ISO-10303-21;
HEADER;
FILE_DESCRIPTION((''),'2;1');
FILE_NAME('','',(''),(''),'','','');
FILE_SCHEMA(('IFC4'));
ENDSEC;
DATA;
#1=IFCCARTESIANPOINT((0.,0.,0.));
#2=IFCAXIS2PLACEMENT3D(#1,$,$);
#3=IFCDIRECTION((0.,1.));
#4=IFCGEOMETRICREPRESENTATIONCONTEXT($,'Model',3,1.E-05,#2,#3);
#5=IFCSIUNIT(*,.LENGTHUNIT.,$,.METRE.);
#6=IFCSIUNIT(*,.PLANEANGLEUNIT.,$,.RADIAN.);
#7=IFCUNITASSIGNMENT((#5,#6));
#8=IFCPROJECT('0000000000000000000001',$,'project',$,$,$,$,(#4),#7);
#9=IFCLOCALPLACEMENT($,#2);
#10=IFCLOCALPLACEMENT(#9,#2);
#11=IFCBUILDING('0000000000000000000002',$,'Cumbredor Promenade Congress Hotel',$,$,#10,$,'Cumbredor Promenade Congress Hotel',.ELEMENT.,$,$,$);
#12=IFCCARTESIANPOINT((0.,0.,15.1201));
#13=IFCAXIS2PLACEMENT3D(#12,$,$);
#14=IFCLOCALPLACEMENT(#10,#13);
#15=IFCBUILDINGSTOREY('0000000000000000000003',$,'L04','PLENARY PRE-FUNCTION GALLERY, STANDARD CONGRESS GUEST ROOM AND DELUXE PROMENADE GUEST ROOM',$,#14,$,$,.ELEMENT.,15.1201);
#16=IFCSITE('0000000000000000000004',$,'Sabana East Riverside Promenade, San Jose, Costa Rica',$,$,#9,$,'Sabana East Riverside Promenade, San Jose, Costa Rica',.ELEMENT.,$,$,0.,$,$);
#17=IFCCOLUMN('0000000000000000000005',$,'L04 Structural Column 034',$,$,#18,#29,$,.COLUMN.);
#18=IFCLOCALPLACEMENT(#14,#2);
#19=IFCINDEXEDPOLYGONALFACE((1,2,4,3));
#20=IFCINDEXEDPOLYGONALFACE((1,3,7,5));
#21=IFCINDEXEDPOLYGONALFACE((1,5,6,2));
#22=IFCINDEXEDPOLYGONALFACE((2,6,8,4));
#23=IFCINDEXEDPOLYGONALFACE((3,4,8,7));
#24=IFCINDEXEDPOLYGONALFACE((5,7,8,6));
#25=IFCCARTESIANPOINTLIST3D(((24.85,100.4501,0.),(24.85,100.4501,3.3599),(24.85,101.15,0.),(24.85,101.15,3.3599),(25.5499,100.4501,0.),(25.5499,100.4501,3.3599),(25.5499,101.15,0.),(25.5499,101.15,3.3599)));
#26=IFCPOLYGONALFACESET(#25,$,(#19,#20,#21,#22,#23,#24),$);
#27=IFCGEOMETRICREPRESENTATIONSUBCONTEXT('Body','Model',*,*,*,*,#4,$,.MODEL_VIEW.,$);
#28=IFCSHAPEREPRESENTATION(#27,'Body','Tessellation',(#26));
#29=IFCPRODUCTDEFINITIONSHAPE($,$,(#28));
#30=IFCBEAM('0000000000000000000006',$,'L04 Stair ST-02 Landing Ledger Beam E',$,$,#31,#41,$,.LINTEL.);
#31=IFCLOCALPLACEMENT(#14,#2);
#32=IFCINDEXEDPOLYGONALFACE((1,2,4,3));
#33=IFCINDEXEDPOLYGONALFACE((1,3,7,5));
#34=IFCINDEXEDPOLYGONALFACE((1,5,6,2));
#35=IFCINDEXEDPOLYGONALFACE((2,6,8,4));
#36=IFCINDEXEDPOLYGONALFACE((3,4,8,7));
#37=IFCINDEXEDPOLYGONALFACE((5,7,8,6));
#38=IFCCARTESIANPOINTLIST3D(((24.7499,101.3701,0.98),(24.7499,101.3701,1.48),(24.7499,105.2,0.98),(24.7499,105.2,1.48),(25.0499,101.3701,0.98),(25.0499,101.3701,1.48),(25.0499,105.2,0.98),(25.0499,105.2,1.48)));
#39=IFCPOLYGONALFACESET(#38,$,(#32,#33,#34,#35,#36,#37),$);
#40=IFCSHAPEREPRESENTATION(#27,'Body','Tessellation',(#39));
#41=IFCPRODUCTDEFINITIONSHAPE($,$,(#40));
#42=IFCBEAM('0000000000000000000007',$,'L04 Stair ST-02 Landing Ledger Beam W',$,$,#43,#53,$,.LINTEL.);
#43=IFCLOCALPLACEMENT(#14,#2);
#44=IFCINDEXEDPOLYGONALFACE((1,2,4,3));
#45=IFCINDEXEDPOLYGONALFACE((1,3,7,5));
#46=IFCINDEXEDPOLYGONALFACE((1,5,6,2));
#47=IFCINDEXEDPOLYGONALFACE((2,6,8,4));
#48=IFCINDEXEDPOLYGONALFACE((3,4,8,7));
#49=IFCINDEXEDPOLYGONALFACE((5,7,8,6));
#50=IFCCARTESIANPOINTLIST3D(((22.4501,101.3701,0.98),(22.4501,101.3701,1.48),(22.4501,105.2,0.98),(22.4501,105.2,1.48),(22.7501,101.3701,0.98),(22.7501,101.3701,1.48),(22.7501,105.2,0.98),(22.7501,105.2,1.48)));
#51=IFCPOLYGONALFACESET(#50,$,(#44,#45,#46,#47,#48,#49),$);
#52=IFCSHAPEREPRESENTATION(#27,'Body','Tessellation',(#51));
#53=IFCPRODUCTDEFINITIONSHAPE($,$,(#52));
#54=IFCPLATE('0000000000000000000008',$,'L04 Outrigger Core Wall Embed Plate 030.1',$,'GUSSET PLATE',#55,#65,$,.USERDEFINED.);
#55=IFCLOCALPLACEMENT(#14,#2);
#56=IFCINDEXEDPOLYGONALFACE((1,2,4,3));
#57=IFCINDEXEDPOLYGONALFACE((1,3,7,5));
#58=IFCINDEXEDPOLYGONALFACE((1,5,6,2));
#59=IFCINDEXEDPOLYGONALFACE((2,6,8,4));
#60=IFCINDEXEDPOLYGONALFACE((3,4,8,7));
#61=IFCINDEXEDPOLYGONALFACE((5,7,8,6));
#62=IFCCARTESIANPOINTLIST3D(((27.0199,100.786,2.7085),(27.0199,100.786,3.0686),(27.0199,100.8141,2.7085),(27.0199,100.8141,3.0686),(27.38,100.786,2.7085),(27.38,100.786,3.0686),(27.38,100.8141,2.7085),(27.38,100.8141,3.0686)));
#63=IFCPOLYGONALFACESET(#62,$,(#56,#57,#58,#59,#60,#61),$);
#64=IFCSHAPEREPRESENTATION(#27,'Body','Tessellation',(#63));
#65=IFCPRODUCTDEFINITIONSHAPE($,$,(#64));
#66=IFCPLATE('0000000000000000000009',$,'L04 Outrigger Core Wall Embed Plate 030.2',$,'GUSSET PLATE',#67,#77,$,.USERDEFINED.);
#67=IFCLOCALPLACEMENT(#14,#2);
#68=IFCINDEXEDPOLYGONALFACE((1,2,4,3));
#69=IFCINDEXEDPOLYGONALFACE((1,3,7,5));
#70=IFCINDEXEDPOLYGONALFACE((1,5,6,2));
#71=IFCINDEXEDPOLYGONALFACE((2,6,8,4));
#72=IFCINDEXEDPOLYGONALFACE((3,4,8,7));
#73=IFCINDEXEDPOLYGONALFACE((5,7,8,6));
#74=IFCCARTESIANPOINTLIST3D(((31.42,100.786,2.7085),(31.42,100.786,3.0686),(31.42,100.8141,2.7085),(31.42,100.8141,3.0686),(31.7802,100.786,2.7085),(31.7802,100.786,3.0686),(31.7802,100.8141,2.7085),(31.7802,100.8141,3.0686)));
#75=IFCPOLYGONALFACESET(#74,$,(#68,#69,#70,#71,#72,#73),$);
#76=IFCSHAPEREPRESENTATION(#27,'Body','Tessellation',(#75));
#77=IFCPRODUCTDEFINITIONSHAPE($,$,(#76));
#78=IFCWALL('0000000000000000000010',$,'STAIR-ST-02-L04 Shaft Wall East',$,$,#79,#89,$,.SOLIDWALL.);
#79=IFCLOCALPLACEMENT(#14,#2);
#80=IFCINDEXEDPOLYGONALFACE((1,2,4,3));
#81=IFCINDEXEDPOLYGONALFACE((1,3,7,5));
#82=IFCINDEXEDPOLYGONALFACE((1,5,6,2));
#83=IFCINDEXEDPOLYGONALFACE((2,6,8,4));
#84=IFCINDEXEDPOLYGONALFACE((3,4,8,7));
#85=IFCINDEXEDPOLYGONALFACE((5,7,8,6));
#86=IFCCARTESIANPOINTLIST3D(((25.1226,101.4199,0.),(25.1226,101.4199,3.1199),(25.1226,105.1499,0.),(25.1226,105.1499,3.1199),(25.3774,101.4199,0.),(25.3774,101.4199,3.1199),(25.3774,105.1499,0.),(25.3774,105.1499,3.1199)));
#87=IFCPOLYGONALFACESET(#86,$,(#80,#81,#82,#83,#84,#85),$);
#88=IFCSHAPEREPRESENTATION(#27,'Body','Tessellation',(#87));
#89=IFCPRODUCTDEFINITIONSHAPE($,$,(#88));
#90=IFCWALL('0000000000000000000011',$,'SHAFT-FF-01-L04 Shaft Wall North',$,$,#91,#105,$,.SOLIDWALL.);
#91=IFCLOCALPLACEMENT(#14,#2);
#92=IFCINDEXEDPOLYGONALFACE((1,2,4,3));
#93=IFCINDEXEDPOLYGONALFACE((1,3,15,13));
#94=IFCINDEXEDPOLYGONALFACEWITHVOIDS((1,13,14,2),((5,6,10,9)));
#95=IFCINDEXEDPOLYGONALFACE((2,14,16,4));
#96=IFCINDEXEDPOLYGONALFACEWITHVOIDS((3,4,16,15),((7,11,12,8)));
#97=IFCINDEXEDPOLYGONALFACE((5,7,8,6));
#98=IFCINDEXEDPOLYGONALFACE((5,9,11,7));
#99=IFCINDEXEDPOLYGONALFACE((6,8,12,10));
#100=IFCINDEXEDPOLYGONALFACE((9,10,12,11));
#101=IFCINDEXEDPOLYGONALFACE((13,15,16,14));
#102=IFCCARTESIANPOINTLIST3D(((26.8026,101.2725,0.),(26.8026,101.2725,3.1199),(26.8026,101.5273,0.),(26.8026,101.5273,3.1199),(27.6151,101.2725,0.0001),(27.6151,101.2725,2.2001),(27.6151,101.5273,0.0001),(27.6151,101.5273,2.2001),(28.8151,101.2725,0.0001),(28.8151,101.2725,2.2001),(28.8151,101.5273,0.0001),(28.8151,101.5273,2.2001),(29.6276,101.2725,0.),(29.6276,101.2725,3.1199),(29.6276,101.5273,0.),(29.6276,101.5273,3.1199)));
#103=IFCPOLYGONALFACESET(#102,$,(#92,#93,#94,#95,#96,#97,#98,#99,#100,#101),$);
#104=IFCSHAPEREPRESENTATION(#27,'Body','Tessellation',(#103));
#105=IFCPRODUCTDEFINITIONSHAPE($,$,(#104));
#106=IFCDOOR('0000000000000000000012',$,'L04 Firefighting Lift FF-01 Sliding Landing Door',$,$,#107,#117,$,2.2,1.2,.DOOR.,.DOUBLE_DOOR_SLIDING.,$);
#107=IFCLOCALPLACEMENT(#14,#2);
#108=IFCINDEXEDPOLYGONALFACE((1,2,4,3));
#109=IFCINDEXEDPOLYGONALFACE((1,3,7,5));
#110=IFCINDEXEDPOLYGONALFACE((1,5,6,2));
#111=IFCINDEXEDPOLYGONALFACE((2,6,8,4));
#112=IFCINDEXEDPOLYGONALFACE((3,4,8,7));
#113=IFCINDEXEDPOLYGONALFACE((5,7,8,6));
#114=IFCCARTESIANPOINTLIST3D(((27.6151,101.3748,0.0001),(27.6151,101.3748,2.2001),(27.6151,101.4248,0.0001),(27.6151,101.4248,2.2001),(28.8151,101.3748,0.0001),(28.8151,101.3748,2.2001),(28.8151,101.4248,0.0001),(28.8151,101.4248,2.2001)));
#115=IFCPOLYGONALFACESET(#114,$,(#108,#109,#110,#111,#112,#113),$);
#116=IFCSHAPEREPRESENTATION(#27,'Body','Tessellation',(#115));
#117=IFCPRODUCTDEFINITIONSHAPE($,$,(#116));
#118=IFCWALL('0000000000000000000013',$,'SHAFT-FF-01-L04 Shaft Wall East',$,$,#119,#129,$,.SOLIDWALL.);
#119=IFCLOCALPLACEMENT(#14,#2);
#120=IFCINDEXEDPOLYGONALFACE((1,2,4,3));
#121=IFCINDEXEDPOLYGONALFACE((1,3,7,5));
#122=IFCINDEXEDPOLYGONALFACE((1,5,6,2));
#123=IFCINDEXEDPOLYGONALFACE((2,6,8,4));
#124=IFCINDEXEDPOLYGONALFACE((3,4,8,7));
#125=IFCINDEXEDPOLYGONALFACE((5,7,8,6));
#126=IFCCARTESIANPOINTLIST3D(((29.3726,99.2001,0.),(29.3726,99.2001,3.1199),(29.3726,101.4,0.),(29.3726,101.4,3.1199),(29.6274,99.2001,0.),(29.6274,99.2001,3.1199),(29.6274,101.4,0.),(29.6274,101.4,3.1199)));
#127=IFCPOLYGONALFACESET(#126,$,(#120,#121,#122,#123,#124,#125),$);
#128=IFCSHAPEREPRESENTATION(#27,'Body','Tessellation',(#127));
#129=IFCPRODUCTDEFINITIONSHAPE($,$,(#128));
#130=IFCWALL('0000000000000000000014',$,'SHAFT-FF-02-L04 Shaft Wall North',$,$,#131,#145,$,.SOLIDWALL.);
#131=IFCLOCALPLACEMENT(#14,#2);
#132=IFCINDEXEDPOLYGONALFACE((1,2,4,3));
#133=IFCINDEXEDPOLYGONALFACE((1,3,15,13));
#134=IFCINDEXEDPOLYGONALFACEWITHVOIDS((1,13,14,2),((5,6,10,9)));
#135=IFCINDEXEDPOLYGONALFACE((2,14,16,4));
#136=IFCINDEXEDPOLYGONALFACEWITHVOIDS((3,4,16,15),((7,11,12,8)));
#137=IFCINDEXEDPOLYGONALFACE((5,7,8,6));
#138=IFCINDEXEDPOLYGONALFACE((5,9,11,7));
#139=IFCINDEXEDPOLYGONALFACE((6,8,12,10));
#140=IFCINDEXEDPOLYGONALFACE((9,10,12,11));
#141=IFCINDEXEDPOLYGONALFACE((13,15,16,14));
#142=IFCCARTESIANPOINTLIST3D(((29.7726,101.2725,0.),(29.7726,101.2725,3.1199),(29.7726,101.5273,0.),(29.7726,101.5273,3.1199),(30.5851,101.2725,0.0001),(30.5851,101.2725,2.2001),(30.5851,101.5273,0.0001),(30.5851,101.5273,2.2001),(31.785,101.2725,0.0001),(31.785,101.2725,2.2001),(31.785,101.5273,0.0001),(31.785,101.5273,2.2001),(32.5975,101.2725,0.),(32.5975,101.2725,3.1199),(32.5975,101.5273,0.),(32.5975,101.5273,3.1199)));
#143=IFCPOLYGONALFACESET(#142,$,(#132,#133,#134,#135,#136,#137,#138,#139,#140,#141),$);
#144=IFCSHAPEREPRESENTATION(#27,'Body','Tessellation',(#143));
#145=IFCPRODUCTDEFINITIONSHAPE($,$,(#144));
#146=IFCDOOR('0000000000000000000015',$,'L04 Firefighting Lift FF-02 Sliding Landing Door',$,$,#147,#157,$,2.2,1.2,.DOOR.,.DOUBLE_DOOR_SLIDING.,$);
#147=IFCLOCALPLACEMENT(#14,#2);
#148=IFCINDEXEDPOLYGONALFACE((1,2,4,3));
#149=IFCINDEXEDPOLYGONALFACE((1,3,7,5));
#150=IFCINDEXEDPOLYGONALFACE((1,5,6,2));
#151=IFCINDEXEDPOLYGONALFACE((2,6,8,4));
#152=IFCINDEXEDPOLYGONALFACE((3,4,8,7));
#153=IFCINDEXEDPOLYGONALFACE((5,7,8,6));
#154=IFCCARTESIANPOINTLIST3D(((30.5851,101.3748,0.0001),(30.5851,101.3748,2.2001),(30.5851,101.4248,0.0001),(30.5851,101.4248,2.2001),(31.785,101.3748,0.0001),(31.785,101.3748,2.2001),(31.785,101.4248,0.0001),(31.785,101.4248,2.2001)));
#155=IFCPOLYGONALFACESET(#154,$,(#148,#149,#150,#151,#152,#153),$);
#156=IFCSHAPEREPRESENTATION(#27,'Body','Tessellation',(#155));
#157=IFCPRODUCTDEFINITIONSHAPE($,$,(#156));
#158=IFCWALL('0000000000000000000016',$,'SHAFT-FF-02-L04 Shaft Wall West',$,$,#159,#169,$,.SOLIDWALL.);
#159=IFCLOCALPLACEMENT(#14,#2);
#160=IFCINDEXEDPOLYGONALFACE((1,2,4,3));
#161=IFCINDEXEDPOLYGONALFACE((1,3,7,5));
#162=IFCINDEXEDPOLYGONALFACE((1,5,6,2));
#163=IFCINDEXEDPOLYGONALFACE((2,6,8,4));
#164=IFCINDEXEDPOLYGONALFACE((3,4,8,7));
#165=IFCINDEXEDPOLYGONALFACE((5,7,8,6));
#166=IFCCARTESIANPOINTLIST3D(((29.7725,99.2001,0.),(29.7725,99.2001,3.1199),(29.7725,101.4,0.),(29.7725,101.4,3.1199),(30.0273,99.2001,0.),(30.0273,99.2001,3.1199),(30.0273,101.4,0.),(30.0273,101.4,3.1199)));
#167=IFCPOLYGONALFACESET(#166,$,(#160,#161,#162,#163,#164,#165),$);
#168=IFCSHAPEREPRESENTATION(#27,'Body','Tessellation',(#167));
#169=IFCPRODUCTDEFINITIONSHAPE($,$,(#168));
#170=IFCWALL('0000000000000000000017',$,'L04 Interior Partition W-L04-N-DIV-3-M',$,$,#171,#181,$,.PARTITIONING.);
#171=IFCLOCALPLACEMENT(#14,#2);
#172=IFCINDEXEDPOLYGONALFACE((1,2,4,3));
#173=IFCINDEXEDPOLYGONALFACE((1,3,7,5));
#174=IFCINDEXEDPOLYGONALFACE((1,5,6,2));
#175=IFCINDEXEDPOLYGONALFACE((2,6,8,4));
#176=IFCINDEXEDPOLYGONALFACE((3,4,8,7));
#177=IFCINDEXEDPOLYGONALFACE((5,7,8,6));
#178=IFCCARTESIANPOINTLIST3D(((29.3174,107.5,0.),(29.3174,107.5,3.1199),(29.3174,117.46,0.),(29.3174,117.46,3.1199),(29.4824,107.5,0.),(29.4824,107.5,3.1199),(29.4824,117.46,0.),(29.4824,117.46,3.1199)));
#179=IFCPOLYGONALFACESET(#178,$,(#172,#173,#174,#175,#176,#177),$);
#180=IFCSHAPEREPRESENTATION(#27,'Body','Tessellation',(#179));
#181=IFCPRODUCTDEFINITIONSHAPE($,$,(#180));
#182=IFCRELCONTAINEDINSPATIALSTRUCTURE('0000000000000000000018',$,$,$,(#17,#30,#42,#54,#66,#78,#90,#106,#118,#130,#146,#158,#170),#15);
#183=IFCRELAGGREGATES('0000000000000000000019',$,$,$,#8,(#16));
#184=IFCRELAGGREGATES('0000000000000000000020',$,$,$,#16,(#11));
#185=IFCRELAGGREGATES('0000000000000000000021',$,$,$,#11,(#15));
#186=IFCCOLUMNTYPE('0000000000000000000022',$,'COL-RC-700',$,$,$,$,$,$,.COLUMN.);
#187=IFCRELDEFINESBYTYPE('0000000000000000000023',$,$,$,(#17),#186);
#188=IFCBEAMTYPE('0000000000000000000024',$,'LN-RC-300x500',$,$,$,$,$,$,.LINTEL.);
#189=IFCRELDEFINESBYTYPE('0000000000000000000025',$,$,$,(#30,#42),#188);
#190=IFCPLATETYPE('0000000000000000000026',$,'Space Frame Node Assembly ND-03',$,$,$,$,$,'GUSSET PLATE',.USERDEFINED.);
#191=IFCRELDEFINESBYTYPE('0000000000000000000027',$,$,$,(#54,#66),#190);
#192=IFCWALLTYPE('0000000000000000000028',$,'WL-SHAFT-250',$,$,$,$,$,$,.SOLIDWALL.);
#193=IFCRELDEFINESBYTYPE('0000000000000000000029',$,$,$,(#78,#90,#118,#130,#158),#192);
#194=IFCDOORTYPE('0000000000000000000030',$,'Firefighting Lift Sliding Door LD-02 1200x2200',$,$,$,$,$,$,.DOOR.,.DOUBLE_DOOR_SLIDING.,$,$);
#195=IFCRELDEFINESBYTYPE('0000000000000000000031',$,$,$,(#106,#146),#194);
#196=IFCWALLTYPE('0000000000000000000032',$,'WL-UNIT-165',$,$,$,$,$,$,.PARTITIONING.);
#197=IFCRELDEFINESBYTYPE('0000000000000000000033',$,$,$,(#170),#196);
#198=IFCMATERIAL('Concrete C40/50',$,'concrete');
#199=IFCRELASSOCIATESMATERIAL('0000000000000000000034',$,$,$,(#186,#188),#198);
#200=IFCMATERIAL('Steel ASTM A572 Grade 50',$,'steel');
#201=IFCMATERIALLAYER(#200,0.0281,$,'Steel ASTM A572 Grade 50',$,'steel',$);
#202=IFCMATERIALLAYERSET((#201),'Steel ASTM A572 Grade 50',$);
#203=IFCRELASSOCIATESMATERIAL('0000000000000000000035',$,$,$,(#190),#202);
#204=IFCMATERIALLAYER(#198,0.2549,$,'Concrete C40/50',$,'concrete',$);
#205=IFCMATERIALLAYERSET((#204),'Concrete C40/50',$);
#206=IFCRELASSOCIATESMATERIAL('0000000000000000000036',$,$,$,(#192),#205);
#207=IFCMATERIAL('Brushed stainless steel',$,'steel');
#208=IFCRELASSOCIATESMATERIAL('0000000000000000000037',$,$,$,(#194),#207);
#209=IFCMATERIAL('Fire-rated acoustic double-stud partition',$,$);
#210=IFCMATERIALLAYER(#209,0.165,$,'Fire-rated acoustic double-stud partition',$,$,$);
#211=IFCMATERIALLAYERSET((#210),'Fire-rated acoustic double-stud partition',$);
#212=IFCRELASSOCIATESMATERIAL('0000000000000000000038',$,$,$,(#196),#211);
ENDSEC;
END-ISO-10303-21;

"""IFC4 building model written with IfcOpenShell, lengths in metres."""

from ifc_helpers import new_model, si_unit, direction, frame, frame_2d, origin, origin_2d, place, context, subcontext, project, spatial, rectangle, extrude, material, layer, layer_set, material_profile, profile_set, type_object, element, fill, save


model = new_model("IFC4")

# Units and contexts
model_context = context("Model", 3, precision=1e-05, world=origin(), true_north=direction((0.0, 1.0)))
body_context = subcontext(model_context, "Body", "Model", "MODEL_VIEW")
ifc_project = project(units=[si_unit("LENGTHUNIT", "METRE"), si_unit("PLANEANGLEUNIT", "RADIAN")], contexts=[model_context])

# Site, building, storey
site_placement = place(None, origin())
site = spatial("IfcSite", under=ifc_project, at=site_placement, Name="Sabana East Riverside Promenade, San Jose, Costa Rica", LongName="Sabana East Riverside Promenade, San Jose, Costa Rica", CompositionType="ELEMENT", RefElevation=0.0)
building_placement = place(site_placement, origin())
building = spatial("IfcBuilding", under=site, at=building_placement, Name="Cumbredor Promenade Congress Hotel", LongName="Cumbredor Promenade Congress Hotel", CompositionType="ELEMENT")
storey_placement = place(building_placement, frame((0.0, 0.0, 15.1201)))
storey = spatial("IfcBuildingStorey", under=building, at=storey_placement, Name="L04", Description="PLENARY PRE-FUNCTION GALLERY, STANDARD CONGRESS GUEST ROOM AND DELUXE PROMENADE GUEST ROOM", CompositionType="ELEMENT", Elevation=15.1201)

# Column
ifc_material_1 = material(Name="Concrete C40/50", Category="concrete")
ifc_material_profile_1 = material_profile(ifc_material_1, rectangle(XDim=0.7, YDim=0.7, at=origin_2d()), Name="RC 700x700")
ifc_profile_set_1 = profile_set([ifc_material_profile_1], Name="Concrete C40/50")
column_type = type_object("IfcColumnType", Name="COL-RC-700", PredefinedType="COLUMN", material=ifc_profile_set_1)
column_placement = place(storey_placement, frame((25.2, 100.8, 0.0), z_axis=(0.0, 0.0, 1.0), x_axis=(1.0, 0.0, 0.0)))
element("IfcColumn", 1, at=column_placement, inside=storey, type_object=column_type, Name="L04 Structural Column 034", PredefinedType="COLUMN", context=body_context, shape_type="SweptSolid", body=[
    extrude(rectangle(XDim=0.7, YDim=0.7, at=origin_2d()), origin(), (0.0, 0.0, 1.0), 3.3599),
])

# Beams
ifc_material_profile_2 = material_profile(ifc_material_1, rectangle(XDim=0.3, YDim=0.5, at=origin_2d()), Name="RC LINTEL 300x500")
ifc_profile_set_2 = profile_set([ifc_material_profile_2], Name="Concrete C40/50")
beam_type = type_object("IfcBeamType", Name="LN-RC-300x500", PredefinedType="LINTEL", material=ifc_profile_set_2)
for number, where, z_axis, x_axis, name in (
    (2, (24.8999, 101.3701, 1.23), (0.0, 1.0, 0.0), (-1.0, 0.0, 0.0), "L04 Stair ST-02 Landing Ledger Beam E"),
    (3, (22.6001, 101.3701, 1.23), (0.0, 1.0, 0.0), (-1.0, 0.0, 0.0), "L04 Stair ST-02 Landing Ledger Beam W"),
):
    element("IfcBeam", number, at=place(storey_placement, frame(where, z_axis=z_axis, x_axis=x_axis)), inside=storey, type_object=beam_type, Name=name, PredefinedType="LINTEL", context=body_context, shape_type="SweptSolid", body=[
        extrude(rectangle(XDim=0.3, YDim=0.5, at=origin_2d()), origin(), (0.0, 0.0, 1.0), 3.8298),
    ])

# Plates
ifc_material_2 = material(Name="Steel ASTM A572 Grade 50", Category="steel")
ifc_layer_1 = layer(ifc_material_2, 0.0281, Name="Steel ASTM A572 Grade 50", Category="steel")
ifc_layer_set_1 = layer_set([ifc_layer_1], Name="Steel ASTM A572 Grade 50")
plate_type = type_object("IfcPlateType", Name="Space Frame Node Assembly ND-03", ElementType="GUSSET PLATE", PredefinedType="USERDEFINED", material=ifc_layer_set_1)
for number, where, z_axis, x_axis, name in (
    (4, (27.2, 100.8, 2.7085), (0.0, 0.0, 1.0), (1.0, 0.0, 0.0), "L04 Outrigger Core Wall Embed Plate 030.1"),
    (5, (31.6001, 100.8, 2.7085), (0.0, 0.0, 1.0), (1.0, 0.0, 0.0), "L04 Outrigger Core Wall Embed Plate 030.2"),
):
    element("IfcPlate", number, at=place(storey_placement, frame(where, z_axis=z_axis, x_axis=x_axis)), inside=storey, type_object=plate_type, Name=name, ObjectType="GUSSET PLATE", PredefinedType="USERDEFINED", context=body_context, shape_type="SweptSolid", body=[
        extrude(rectangle(XDim=0.3601, YDim=0.0281, at=origin_2d()), origin(), (0.0, 0.0, 1.0), 0.3601),
    ])

# Wall
ifc_layer_2 = layer(ifc_material_1, 0.2549, Name="Concrete C40/50", Category="concrete")
ifc_layer_set_2 = layer_set([ifc_layer_2], Name="Concrete C40/50")
wall_type_1 = type_object("IfcWallType", Name="WL-SHAFT-250", PredefinedType="SOLIDWALL", material=ifc_layer_set_2)
wall_1_placement = place(storey_placement, frame((25.25, 101.4199, 0.0), z_axis=(0.0, 0.0, 1.0), x_axis=(0.0, 1.0, 0.0)))
element("IfcWall", 6, at=wall_1_placement, inside=storey, type_object=wall_type_1, Name="STAIR-ST-02-L04 Shaft Wall East", PredefinedType="SOLIDWALL", context=body_context, shape_type="SweptSolid", body=[
    extrude(rectangle(XDim=3.73, YDim=0.2549, at=frame_2d((1.865, 0.0))), origin(), (0.0, 0.0, 1.0), 3.1199),
])

# Wall, opening, door
wall_2_placement = place(storey_placement, frame((26.8025, 101.3999, 0.0), z_axis=(0.0, 0.0, 1.0), x_axis=(1.0, 0.0, 0.0)))
wall_2 = element("IfcWall", 7, at=wall_2_placement, inside=storey, type_object=wall_type_1, Name="SHAFT-FF-01-L04 Shaft Wall North", PredefinedType="SOLIDWALL", context=body_context, shape_type="SweptSolid", body=[
    extrude(rectangle(XDim=2.825, YDim=0.2549, at=frame_2d((1.4126, 0.0))), origin(), (0.0, 0.0, 1.0), 3.1199),
])
opening_1_placement = place(wall_2_placement, frame((0.8125, 0.0, 0.0)))
opening_1 = element("IfcOpeningElement", 8, at=opening_1_placement, cuts=wall_2, PredefinedType="OPENING", context=body_context, shape_type="SweptSolid", body=[
    extrude(rectangle(XDim=1.2, YDim=2.2, at=frame_2d((0.6001, 1.1001))), frame((0.0, 0.1375, 0.0), z_axis=(0.0, -1.0, 0.0), x_axis=(1.0, 0.0, 0.0)), (0.0, 0.0, 1.0), 0.2749),
])
ifc_material_3 = material(Name="Brushed stainless steel", Category="steel")
door_type_1 = type_object("IfcDoorType", Name="Firefighting Lift Sliding Door LD-02 1200x2200", OperationType="DOUBLE_DOOR_SLIDING", PredefinedType="DOOR", material=ifc_material_3)
door_1_placement = place(opening_1_placement, origin())
door_1 = element("IfcDoor", 9, at=door_1_placement, inside=storey, type_object=door_type_1, Name="L04 Firefighting Lift FF-01 Sliding Landing Door", OperationType="DOUBLE_DOOR_SLIDING", OverallHeight=2.2, OverallWidth=1.2, PredefinedType="DOOR", context=body_context, shape_type="SweptSolid", body=[
    extrude(rectangle(XDim=1.2, YDim=2.2, at=frame_2d((0.6001, 1.1001))), frame((0.0, 0.0249, 0.0), z_axis=(0.0, -1.0, 0.0), x_axis=(1.0, 0.0, 0.0)), (0.0, 0.0, 1.0), 0.05),
])
fill(opening_1, door_1)

# Wall
wall_3_placement = place(storey_placement, frame((29.5, 99.2, 0.0), z_axis=(0.0, 0.0, 1.0), x_axis=(0.0, 1.0, 0.0)))
element("IfcWall", 10, at=wall_3_placement, inside=storey, type_object=wall_type_1, Name="SHAFT-FF-01-L04 Shaft Wall East", PredefinedType="SOLIDWALL", context=body_context, shape_type="SweptSolid", body=[
    extrude(rectangle(XDim=2.2, YDim=0.2549, at=frame_2d((1.1001, 0.0))), origin(), (0.0, 0.0, 1.0), 3.1199),
])

# Wall, opening, door
wall_4_placement = place(storey_placement, frame((29.7725, 101.3999, 0.0), z_axis=(0.0, 0.0, 1.0), x_axis=(1.0, 0.0, 0.0)))
wall_4 = element("IfcWall", 11, at=wall_4_placement, inside=storey, type_object=wall_type_1, Name="SHAFT-FF-02-L04 Shaft Wall North", PredefinedType="SOLIDWALL", context=body_context, shape_type="SweptSolid", body=[
    extrude(rectangle(XDim=2.825, YDim=0.2549, at=frame_2d((1.4126, 0.0))), origin(), (0.0, 0.0, 1.0), 3.1199),
])
opening_2_placement = place(wall_4_placement, frame((0.8125, 0.0, 0.0)))
opening_2 = element("IfcOpeningElement", 12, at=opening_2_placement, cuts=wall_4, PredefinedType="OPENING", context=body_context, shape_type="SweptSolid", body=[
    extrude(rectangle(XDim=1.2, YDim=2.2, at=frame_2d((0.6001, 1.1001))), frame((0.0, 0.1375, 0.0), z_axis=(0.0, -1.0, 0.0), x_axis=(1.0, 0.0, 0.0)), (0.0, 0.0, 1.0), 0.2749),
])
door_2_placement = place(opening_2_placement, origin())
door_2 = element("IfcDoor", 13, at=door_2_placement, inside=storey, type_object=door_type_1, Name="L04 Firefighting Lift FF-02 Sliding Landing Door", OperationType="DOUBLE_DOOR_SLIDING", OverallHeight=2.2, OverallWidth=1.2, PredefinedType="DOOR", context=body_context, shape_type="SweptSolid", body=[
    extrude(rectangle(XDim=1.2, YDim=2.2, at=frame_2d((0.6001, 1.1001))), frame((0.0, 0.0249, 0.0), z_axis=(0.0, -1.0, 0.0), x_axis=(1.0, 0.0, 0.0)), (0.0, 0.0, 1.0), 0.05),
])
fill(opening_2, door_2)

# Walls
wall_5_placement = place(storey_placement, frame((29.8999, 99.2, 0.0), z_axis=(0.0, 0.0, 1.0), x_axis=(0.0, 1.0, 0.0)))
element("IfcWall", 14, at=wall_5_placement, inside=storey, type_object=wall_type_1, Name="SHAFT-FF-02-L04 Shaft Wall West", PredefinedType="SOLIDWALL", context=body_context, shape_type="SweptSolid", body=[
    extrude(rectangle(XDim=2.2, YDim=0.2549, at=frame_2d((1.1001, 0.0))), origin(), (0.0, 0.0, 1.0), 3.1199),
])
ifc_material_4 = material(Name="Fire-rated acoustic double-stud partition")
ifc_layer_3 = layer(ifc_material_4, 0.165, Name="Fire-rated acoustic double-stud partition")
ifc_layer_set_3 = layer_set([ifc_layer_3], Name="Fire-rated acoustic double-stud partition")
wall_type_2 = type_object("IfcWallType", Name="WL-UNIT-165", PredefinedType="PARTITIONING", material=ifc_layer_set_3)
wall_6_placement = place(storey_placement, frame((29.3999, 107.5, 0.0), z_axis=(0.0, 0.0, 1.0), x_axis=(0.0, 1.0, 0.0)))
element("IfcWall", 15, at=wall_6_placement, inside=storey, type_object=wall_type_2, Name="L04 Interior Partition W-L04-N-DIV-3-M", PredefinedType="PARTITIONING", context=body_context, shape_type="SweptSolid", body=[
    extrude(rectangle(XDim=9.96, YDim=0.165, at=frame_2d((4.98, 0.0))), origin(), (0.0, 0.0, 1.0), 3.1199),
])

save(model, "model.ifc")
